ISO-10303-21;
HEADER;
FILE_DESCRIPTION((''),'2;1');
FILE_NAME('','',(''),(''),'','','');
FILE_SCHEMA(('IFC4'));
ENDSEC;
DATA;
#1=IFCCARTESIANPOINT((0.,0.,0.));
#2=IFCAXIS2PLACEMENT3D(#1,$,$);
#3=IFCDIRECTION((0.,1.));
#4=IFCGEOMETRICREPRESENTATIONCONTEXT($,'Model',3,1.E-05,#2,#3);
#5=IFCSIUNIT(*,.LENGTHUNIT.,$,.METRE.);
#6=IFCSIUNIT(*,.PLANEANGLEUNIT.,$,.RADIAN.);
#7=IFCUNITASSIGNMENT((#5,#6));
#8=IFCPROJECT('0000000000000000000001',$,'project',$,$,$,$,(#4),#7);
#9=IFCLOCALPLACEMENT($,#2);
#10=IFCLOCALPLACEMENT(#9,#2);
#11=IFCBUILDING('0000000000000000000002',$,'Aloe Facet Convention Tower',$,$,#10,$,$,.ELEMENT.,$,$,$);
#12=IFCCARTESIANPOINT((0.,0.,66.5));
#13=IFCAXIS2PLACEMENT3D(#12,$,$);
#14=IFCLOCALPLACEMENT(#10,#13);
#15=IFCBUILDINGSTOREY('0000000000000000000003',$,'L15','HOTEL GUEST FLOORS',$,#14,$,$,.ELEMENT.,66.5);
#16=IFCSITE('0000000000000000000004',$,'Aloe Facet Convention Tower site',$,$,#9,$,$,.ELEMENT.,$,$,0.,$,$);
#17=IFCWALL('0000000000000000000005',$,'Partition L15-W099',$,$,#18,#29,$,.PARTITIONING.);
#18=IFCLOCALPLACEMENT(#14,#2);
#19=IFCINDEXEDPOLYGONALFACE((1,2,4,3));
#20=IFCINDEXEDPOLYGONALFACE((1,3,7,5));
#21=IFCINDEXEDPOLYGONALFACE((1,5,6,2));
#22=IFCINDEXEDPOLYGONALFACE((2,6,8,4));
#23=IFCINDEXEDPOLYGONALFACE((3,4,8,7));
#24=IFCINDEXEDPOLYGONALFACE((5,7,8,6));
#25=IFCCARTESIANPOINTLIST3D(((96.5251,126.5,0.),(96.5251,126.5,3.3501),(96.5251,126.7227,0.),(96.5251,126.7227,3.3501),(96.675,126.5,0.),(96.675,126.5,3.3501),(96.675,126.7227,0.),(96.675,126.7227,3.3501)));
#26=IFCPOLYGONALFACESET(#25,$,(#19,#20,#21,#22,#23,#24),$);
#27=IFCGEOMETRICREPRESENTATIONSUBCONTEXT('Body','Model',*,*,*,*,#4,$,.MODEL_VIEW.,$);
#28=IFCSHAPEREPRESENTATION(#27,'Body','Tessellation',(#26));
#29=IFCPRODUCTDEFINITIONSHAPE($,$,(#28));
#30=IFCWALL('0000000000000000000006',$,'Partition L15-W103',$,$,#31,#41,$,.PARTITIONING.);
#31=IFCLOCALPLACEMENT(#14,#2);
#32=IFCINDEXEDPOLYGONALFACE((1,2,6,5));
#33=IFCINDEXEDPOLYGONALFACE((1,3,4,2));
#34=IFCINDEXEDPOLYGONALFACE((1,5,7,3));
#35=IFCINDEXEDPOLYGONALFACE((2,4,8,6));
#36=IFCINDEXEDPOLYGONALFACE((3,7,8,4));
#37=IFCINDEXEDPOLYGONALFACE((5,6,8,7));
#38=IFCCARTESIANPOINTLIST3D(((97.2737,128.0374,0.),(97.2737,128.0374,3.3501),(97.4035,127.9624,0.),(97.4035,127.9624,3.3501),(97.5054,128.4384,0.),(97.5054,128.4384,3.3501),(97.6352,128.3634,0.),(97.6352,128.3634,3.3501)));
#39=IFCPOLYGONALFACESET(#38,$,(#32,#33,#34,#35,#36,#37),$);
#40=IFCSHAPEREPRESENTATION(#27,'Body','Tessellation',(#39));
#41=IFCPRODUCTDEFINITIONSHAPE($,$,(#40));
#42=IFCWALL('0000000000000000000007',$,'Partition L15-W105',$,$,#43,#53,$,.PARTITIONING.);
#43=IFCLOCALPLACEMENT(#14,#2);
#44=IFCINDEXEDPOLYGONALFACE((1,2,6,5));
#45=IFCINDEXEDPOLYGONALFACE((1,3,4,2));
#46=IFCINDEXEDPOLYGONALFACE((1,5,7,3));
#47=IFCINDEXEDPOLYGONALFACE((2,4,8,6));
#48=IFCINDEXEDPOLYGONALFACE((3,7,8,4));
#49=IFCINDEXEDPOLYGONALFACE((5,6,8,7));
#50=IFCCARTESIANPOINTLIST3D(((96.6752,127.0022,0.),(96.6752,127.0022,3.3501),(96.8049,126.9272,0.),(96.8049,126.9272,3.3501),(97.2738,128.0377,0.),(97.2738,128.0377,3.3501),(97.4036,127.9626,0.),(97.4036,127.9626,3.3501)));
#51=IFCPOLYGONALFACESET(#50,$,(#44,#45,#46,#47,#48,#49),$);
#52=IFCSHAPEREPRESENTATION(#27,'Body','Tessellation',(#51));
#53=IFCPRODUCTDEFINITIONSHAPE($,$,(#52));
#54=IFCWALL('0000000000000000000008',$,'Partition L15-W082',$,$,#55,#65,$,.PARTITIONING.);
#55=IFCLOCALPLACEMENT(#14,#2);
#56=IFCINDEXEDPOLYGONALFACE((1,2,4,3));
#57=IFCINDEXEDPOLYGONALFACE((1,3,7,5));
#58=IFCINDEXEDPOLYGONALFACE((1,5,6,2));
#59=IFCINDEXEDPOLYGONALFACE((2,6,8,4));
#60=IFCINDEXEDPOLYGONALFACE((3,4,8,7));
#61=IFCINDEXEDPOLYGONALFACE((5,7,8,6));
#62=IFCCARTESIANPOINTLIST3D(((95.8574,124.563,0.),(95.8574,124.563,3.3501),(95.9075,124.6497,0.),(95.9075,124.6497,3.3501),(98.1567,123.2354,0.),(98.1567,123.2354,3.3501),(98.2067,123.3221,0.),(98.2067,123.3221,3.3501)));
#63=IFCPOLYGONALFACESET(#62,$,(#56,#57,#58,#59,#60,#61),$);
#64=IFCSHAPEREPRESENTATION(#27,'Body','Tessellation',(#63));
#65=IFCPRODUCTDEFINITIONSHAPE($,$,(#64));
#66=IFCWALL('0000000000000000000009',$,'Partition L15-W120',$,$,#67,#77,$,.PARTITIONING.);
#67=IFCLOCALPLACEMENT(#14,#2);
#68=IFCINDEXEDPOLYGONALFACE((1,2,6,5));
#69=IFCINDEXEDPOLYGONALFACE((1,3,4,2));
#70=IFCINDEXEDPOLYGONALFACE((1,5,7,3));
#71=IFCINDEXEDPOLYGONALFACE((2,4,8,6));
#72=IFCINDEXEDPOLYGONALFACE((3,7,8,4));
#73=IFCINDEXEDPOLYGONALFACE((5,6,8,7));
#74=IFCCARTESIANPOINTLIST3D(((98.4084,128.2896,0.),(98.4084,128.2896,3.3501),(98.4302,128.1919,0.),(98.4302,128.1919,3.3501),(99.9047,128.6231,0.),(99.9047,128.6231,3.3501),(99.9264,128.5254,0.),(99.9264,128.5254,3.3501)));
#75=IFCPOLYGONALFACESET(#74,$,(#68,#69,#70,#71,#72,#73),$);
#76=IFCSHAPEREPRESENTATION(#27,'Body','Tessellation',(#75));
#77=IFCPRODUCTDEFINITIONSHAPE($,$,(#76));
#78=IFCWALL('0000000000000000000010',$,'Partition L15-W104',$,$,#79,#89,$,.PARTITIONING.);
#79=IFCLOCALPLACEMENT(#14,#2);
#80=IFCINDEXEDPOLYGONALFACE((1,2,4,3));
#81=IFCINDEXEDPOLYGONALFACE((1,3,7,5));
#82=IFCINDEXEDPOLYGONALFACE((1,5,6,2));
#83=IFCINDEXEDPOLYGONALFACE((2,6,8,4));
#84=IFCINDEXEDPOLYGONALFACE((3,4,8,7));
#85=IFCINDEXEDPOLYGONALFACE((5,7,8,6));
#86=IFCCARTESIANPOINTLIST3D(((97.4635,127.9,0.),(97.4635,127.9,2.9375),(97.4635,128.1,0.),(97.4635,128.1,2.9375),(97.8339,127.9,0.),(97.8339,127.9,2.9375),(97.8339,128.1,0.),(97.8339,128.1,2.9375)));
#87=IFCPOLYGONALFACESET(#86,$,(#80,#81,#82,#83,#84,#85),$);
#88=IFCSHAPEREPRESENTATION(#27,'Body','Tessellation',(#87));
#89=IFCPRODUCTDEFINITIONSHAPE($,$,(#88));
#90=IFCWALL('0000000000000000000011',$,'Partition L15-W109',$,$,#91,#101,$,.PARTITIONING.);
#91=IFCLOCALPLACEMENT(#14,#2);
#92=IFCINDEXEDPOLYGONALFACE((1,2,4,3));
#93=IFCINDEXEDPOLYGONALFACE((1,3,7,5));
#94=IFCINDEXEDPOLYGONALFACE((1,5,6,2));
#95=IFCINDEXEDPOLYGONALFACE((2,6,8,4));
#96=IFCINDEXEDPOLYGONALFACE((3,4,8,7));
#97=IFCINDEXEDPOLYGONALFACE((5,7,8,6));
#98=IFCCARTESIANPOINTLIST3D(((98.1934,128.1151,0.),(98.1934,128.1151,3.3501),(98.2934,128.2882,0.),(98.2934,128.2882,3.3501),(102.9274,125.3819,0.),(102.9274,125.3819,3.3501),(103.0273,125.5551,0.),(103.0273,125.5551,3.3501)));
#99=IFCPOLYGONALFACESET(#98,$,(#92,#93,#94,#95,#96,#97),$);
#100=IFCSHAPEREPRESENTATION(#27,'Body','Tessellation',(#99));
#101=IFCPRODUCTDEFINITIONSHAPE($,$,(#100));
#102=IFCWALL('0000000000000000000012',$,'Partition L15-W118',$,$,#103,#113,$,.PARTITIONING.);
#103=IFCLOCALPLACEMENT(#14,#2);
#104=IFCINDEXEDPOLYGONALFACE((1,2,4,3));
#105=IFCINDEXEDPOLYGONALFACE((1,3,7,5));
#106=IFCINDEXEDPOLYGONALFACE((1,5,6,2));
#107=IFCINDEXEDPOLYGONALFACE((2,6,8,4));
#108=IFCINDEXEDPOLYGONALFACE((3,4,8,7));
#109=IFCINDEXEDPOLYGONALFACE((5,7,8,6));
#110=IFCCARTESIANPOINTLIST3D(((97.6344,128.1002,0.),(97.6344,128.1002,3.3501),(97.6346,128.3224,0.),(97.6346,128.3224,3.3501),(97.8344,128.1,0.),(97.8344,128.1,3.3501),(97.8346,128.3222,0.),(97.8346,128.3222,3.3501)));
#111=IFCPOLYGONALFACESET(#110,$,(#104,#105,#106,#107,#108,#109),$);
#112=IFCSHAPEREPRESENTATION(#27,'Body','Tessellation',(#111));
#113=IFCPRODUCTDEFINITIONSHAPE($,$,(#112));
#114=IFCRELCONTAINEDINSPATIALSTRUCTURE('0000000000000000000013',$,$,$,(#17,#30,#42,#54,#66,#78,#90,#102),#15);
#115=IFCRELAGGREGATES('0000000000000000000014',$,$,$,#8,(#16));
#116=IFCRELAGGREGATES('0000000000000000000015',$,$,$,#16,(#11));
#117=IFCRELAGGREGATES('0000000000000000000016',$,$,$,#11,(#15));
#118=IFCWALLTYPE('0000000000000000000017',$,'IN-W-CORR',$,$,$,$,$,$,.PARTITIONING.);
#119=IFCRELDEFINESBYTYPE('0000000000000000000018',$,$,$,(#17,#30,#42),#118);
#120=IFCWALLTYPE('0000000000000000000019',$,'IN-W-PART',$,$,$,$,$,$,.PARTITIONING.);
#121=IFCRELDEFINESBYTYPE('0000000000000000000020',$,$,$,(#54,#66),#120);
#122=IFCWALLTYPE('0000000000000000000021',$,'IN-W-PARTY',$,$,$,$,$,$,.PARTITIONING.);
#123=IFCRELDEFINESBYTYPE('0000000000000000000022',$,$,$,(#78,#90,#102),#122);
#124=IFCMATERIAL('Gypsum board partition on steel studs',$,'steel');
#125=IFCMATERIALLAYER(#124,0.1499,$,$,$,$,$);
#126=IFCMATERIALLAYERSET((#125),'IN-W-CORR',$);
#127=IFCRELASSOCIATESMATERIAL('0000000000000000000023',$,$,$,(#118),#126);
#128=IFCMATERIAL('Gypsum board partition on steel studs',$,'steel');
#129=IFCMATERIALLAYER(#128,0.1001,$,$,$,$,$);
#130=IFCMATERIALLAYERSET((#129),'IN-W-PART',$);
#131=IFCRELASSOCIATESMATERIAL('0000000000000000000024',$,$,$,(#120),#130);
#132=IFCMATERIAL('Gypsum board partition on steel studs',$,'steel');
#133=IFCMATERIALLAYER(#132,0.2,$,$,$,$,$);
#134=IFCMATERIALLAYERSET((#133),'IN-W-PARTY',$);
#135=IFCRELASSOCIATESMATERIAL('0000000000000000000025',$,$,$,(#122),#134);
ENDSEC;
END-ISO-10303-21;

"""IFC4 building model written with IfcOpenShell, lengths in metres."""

from ifc_helpers import new_model, si_unit, direction, frame, frame_2d, origin, place, context, subcontext, project, spatial, rectangle, extrude, material, layer, layer_set, type_object, element, save


model = new_model("IFC4")

# Units and contexts
model_context = context("Model", 3, precision=1e-05, world=origin(), true_north=direction((0.0, 1.0)))
body_context = subcontext(model_context, "Body", "Model", "MODEL_VIEW")
ifc_project = project(units=[si_unit("LENGTHUNIT", "METRE"), si_unit("PLANEANGLEUNIT", "RADIAN")], contexts=[model_context])

# Site, building, storey
site_placement = place(None, origin())
site = spatial("IfcSite", under=ifc_project, at=site_placement, Name="Aloe Facet Convention Tower site", CompositionType="ELEMENT", RefElevation=0.0)
building_placement = place(site_placement, origin())
building = spatial("IfcBuilding", under=site, at=building_placement, Name="Aloe Facet Convention Tower", CompositionType="ELEMENT")
storey_placement = place(building_placement, frame((0.0, 0.0, 66.5)))
storey = spatial("IfcBuildingStorey", under=building, at=storey_placement, Name="L15", Description="HOTEL GUEST FLOORS", CompositionType="ELEMENT", Elevation=66.5)

# Walls
ifc_material_1 = material(Name="Gypsum board partition on steel studs", Category="steel")
ifc_layer_1 = layer(ifc_material_1, 0.1499)
ifc_layer_set_1 = layer_set([ifc_layer_1], Name="IN-W-CORR")
wall_type_1 = type_object("IfcWallType", Name="IN-W-CORR", PredefinedType="PARTITIONING", material=ifc_layer_set_1)
wall_1_placement = place(storey_placement, frame((96.6001, 126.5, 0.0), z_axis=(0.0, 0.0, 1.0), x_axis=(0.0, 1.0, 0.0)))
element("IfcWall", 1, at=wall_1_placement, inside=storey, type_object=wall_type_1, Name="Partition L15-W099", PredefinedType="PARTITIONING", context=body_context, shape_type="SweptSolid", body=[
    extrude(rectangle(XDim=0.2227, YDim=0.1499, at=frame_2d((0.1113, 0.0))), origin(), (0.0, 0.0, 1.0), 3.3501),
])
wall_2_placement = place(storey_placement, frame((97.3386, 128.0, 0.0), z_axis=(0.0, 0.0, 1.0), x_axis=(0.500392, 0.865799, 0.0)))
element("IfcWall", 2, at=wall_2_placement, inside=storey, type_object=wall_type_1, Name="Partition L15-W103", PredefinedType="PARTITIONING", context=body_context, shape_type="SweptSolid", body=[
    extrude(rectangle(XDim=0.4631, YDim=0.1499, at=frame_2d((0.2314, 0.0))), origin(), (0.0, 0.0, 1.0), 3.3501),
])
wall_3_placement = place(storey_placement, frame((96.74, 126.9646, 0.0), z_axis=(0.0, 0.0, 1.0), x_axis=(0.500529, 0.86572, 0.0)))
element("IfcWall", 3, at=wall_3_placement, inside=storey, type_object=wall_type_1, Name="Partition L15-W105", PredefinedType="PARTITIONING", context=body_context, shape_type="SweptSolid", body=[
    extrude(rectangle(XDim=1.196, YDim=0.1499, at=frame_2d((0.5981, 0.0))), origin(), (0.0, 0.0, 1.0), 3.3501),
])
ifc_material_2 = material(Name="Gypsum board partition on steel studs", Category="steel")
ifc_layer_2 = layer(ifc_material_2, 0.1001)
ifc_layer_set_2 = layer_set([ifc_layer_2], Name="IN-W-PART")
wall_type_2 = type_object("IfcWallType", Name="IN-W-PART", PredefinedType="PARTITIONING", material=ifc_layer_set_2)
wall_4_placement = place(storey_placement, frame((95.8823, 124.6064, 0.0), z_axis=(0.0, 0.0, 1.0), x_axis=(0.866005, -0.500036, 0.0)))
element("IfcWall", 4, at=wall_4_placement, inside=storey, type_object=wall_type_2, Name="Partition L15-W082", PredefinedType="PARTITIONING", context=body_context, shape_type="SweptSolid", body=[
    extrude(rectangle(XDim=2.655, YDim=0.1001, at=frame_2d((1.3276, 0.0))), origin(), (0.0, 0.0, 1.0), 3.3501),
])
wall_5_placement = place(storey_placement, frame((98.4192, 128.2407, 0.0), z_axis=(0.0, 0.0, 1.0), x_axis=(0.976052, 0.217537, 0.0)))
element("IfcWall", 5, at=wall_5_placement, inside=storey, type_object=wall_type_2, Name="Partition L15-W120", PredefinedType="PARTITIONING", context=body_context, shape_type="SweptSolid", body=[
    extrude(rectangle(XDim=1.533, YDim=0.1001, at=frame_2d((0.7666, 0.0))), origin(), (0.0, 0.0, 1.0), 3.3501),
])
ifc_material_3 = material(Name="Gypsum board partition on steel studs", Category="steel")
ifc_layer_3 = layer(ifc_material_3, 0.2)
ifc_layer_set_3 = layer_set([ifc_layer_3], Name="IN-W-PARTY")
wall_type_3 = type_object("IfcWallType", Name="IN-W-PARTY", PredefinedType="PARTITIONING", material=ifc_layer_set_3)
wall_6_placement = place(storey_placement, frame((97.4636, 128.0, 0.0), z_axis=(0.0, 0.0, 1.0), x_axis=(1.0, 0.0, 0.0)))
element("IfcWall", 6, at=wall_6_placement, inside=storey, type_object=wall_type_3, Name="Partition L15-W104", PredefinedType="PARTITIONING", context=body_context, shape_type="SweptSolid", body=[
    extrude(rectangle(XDim=0.3704, YDim=0.2, at=frame_2d((0.1851, 0.0))), origin(), (0.0, 0.0, 1.0), 2.9375),
])
wall_7_placement = place(storey_placement, frame((98.2434, 128.2017, 0.0), z_axis=(0.0, 0.0, 1.0), x_axis=(0.866022, -0.500006, 0.0)))
element("IfcWall", 7, at=wall_7_placement, inside=storey, type_object=wall_type_3, Name="Partition L15-W109", PredefinedType="PARTITIONING", context=body_context, shape_type="SweptSolid", body=[
    extrude(rectangle(XDim=5.4663, YDim=0.2, at=frame_2d((2.7332, 0.0))), origin(), (0.0, 0.0, 1.0), 3.3501),
])
wall_8_placement = place(storey_placement, frame((97.7344, 128.1001, 0.0), z_axis=(0.0, 0.0, 1.0), x_axis=(0.001099, 0.999999, 0.0)))
element("IfcWall", 8, at=wall_8_placement, inside=storey, type_object=wall_type_3, Name="Partition L15-W118", PredefinedType="PARTITIONING", context=body_context, shape_type="SweptSolid", body=[
    extrude(rectangle(XDim=0.2222, YDim=0.2, at=frame_2d((0.1111, 0.0))), origin(), (0.0, 0.0, 1.0), 3.3501),
])

save(model, "model.ifc")
